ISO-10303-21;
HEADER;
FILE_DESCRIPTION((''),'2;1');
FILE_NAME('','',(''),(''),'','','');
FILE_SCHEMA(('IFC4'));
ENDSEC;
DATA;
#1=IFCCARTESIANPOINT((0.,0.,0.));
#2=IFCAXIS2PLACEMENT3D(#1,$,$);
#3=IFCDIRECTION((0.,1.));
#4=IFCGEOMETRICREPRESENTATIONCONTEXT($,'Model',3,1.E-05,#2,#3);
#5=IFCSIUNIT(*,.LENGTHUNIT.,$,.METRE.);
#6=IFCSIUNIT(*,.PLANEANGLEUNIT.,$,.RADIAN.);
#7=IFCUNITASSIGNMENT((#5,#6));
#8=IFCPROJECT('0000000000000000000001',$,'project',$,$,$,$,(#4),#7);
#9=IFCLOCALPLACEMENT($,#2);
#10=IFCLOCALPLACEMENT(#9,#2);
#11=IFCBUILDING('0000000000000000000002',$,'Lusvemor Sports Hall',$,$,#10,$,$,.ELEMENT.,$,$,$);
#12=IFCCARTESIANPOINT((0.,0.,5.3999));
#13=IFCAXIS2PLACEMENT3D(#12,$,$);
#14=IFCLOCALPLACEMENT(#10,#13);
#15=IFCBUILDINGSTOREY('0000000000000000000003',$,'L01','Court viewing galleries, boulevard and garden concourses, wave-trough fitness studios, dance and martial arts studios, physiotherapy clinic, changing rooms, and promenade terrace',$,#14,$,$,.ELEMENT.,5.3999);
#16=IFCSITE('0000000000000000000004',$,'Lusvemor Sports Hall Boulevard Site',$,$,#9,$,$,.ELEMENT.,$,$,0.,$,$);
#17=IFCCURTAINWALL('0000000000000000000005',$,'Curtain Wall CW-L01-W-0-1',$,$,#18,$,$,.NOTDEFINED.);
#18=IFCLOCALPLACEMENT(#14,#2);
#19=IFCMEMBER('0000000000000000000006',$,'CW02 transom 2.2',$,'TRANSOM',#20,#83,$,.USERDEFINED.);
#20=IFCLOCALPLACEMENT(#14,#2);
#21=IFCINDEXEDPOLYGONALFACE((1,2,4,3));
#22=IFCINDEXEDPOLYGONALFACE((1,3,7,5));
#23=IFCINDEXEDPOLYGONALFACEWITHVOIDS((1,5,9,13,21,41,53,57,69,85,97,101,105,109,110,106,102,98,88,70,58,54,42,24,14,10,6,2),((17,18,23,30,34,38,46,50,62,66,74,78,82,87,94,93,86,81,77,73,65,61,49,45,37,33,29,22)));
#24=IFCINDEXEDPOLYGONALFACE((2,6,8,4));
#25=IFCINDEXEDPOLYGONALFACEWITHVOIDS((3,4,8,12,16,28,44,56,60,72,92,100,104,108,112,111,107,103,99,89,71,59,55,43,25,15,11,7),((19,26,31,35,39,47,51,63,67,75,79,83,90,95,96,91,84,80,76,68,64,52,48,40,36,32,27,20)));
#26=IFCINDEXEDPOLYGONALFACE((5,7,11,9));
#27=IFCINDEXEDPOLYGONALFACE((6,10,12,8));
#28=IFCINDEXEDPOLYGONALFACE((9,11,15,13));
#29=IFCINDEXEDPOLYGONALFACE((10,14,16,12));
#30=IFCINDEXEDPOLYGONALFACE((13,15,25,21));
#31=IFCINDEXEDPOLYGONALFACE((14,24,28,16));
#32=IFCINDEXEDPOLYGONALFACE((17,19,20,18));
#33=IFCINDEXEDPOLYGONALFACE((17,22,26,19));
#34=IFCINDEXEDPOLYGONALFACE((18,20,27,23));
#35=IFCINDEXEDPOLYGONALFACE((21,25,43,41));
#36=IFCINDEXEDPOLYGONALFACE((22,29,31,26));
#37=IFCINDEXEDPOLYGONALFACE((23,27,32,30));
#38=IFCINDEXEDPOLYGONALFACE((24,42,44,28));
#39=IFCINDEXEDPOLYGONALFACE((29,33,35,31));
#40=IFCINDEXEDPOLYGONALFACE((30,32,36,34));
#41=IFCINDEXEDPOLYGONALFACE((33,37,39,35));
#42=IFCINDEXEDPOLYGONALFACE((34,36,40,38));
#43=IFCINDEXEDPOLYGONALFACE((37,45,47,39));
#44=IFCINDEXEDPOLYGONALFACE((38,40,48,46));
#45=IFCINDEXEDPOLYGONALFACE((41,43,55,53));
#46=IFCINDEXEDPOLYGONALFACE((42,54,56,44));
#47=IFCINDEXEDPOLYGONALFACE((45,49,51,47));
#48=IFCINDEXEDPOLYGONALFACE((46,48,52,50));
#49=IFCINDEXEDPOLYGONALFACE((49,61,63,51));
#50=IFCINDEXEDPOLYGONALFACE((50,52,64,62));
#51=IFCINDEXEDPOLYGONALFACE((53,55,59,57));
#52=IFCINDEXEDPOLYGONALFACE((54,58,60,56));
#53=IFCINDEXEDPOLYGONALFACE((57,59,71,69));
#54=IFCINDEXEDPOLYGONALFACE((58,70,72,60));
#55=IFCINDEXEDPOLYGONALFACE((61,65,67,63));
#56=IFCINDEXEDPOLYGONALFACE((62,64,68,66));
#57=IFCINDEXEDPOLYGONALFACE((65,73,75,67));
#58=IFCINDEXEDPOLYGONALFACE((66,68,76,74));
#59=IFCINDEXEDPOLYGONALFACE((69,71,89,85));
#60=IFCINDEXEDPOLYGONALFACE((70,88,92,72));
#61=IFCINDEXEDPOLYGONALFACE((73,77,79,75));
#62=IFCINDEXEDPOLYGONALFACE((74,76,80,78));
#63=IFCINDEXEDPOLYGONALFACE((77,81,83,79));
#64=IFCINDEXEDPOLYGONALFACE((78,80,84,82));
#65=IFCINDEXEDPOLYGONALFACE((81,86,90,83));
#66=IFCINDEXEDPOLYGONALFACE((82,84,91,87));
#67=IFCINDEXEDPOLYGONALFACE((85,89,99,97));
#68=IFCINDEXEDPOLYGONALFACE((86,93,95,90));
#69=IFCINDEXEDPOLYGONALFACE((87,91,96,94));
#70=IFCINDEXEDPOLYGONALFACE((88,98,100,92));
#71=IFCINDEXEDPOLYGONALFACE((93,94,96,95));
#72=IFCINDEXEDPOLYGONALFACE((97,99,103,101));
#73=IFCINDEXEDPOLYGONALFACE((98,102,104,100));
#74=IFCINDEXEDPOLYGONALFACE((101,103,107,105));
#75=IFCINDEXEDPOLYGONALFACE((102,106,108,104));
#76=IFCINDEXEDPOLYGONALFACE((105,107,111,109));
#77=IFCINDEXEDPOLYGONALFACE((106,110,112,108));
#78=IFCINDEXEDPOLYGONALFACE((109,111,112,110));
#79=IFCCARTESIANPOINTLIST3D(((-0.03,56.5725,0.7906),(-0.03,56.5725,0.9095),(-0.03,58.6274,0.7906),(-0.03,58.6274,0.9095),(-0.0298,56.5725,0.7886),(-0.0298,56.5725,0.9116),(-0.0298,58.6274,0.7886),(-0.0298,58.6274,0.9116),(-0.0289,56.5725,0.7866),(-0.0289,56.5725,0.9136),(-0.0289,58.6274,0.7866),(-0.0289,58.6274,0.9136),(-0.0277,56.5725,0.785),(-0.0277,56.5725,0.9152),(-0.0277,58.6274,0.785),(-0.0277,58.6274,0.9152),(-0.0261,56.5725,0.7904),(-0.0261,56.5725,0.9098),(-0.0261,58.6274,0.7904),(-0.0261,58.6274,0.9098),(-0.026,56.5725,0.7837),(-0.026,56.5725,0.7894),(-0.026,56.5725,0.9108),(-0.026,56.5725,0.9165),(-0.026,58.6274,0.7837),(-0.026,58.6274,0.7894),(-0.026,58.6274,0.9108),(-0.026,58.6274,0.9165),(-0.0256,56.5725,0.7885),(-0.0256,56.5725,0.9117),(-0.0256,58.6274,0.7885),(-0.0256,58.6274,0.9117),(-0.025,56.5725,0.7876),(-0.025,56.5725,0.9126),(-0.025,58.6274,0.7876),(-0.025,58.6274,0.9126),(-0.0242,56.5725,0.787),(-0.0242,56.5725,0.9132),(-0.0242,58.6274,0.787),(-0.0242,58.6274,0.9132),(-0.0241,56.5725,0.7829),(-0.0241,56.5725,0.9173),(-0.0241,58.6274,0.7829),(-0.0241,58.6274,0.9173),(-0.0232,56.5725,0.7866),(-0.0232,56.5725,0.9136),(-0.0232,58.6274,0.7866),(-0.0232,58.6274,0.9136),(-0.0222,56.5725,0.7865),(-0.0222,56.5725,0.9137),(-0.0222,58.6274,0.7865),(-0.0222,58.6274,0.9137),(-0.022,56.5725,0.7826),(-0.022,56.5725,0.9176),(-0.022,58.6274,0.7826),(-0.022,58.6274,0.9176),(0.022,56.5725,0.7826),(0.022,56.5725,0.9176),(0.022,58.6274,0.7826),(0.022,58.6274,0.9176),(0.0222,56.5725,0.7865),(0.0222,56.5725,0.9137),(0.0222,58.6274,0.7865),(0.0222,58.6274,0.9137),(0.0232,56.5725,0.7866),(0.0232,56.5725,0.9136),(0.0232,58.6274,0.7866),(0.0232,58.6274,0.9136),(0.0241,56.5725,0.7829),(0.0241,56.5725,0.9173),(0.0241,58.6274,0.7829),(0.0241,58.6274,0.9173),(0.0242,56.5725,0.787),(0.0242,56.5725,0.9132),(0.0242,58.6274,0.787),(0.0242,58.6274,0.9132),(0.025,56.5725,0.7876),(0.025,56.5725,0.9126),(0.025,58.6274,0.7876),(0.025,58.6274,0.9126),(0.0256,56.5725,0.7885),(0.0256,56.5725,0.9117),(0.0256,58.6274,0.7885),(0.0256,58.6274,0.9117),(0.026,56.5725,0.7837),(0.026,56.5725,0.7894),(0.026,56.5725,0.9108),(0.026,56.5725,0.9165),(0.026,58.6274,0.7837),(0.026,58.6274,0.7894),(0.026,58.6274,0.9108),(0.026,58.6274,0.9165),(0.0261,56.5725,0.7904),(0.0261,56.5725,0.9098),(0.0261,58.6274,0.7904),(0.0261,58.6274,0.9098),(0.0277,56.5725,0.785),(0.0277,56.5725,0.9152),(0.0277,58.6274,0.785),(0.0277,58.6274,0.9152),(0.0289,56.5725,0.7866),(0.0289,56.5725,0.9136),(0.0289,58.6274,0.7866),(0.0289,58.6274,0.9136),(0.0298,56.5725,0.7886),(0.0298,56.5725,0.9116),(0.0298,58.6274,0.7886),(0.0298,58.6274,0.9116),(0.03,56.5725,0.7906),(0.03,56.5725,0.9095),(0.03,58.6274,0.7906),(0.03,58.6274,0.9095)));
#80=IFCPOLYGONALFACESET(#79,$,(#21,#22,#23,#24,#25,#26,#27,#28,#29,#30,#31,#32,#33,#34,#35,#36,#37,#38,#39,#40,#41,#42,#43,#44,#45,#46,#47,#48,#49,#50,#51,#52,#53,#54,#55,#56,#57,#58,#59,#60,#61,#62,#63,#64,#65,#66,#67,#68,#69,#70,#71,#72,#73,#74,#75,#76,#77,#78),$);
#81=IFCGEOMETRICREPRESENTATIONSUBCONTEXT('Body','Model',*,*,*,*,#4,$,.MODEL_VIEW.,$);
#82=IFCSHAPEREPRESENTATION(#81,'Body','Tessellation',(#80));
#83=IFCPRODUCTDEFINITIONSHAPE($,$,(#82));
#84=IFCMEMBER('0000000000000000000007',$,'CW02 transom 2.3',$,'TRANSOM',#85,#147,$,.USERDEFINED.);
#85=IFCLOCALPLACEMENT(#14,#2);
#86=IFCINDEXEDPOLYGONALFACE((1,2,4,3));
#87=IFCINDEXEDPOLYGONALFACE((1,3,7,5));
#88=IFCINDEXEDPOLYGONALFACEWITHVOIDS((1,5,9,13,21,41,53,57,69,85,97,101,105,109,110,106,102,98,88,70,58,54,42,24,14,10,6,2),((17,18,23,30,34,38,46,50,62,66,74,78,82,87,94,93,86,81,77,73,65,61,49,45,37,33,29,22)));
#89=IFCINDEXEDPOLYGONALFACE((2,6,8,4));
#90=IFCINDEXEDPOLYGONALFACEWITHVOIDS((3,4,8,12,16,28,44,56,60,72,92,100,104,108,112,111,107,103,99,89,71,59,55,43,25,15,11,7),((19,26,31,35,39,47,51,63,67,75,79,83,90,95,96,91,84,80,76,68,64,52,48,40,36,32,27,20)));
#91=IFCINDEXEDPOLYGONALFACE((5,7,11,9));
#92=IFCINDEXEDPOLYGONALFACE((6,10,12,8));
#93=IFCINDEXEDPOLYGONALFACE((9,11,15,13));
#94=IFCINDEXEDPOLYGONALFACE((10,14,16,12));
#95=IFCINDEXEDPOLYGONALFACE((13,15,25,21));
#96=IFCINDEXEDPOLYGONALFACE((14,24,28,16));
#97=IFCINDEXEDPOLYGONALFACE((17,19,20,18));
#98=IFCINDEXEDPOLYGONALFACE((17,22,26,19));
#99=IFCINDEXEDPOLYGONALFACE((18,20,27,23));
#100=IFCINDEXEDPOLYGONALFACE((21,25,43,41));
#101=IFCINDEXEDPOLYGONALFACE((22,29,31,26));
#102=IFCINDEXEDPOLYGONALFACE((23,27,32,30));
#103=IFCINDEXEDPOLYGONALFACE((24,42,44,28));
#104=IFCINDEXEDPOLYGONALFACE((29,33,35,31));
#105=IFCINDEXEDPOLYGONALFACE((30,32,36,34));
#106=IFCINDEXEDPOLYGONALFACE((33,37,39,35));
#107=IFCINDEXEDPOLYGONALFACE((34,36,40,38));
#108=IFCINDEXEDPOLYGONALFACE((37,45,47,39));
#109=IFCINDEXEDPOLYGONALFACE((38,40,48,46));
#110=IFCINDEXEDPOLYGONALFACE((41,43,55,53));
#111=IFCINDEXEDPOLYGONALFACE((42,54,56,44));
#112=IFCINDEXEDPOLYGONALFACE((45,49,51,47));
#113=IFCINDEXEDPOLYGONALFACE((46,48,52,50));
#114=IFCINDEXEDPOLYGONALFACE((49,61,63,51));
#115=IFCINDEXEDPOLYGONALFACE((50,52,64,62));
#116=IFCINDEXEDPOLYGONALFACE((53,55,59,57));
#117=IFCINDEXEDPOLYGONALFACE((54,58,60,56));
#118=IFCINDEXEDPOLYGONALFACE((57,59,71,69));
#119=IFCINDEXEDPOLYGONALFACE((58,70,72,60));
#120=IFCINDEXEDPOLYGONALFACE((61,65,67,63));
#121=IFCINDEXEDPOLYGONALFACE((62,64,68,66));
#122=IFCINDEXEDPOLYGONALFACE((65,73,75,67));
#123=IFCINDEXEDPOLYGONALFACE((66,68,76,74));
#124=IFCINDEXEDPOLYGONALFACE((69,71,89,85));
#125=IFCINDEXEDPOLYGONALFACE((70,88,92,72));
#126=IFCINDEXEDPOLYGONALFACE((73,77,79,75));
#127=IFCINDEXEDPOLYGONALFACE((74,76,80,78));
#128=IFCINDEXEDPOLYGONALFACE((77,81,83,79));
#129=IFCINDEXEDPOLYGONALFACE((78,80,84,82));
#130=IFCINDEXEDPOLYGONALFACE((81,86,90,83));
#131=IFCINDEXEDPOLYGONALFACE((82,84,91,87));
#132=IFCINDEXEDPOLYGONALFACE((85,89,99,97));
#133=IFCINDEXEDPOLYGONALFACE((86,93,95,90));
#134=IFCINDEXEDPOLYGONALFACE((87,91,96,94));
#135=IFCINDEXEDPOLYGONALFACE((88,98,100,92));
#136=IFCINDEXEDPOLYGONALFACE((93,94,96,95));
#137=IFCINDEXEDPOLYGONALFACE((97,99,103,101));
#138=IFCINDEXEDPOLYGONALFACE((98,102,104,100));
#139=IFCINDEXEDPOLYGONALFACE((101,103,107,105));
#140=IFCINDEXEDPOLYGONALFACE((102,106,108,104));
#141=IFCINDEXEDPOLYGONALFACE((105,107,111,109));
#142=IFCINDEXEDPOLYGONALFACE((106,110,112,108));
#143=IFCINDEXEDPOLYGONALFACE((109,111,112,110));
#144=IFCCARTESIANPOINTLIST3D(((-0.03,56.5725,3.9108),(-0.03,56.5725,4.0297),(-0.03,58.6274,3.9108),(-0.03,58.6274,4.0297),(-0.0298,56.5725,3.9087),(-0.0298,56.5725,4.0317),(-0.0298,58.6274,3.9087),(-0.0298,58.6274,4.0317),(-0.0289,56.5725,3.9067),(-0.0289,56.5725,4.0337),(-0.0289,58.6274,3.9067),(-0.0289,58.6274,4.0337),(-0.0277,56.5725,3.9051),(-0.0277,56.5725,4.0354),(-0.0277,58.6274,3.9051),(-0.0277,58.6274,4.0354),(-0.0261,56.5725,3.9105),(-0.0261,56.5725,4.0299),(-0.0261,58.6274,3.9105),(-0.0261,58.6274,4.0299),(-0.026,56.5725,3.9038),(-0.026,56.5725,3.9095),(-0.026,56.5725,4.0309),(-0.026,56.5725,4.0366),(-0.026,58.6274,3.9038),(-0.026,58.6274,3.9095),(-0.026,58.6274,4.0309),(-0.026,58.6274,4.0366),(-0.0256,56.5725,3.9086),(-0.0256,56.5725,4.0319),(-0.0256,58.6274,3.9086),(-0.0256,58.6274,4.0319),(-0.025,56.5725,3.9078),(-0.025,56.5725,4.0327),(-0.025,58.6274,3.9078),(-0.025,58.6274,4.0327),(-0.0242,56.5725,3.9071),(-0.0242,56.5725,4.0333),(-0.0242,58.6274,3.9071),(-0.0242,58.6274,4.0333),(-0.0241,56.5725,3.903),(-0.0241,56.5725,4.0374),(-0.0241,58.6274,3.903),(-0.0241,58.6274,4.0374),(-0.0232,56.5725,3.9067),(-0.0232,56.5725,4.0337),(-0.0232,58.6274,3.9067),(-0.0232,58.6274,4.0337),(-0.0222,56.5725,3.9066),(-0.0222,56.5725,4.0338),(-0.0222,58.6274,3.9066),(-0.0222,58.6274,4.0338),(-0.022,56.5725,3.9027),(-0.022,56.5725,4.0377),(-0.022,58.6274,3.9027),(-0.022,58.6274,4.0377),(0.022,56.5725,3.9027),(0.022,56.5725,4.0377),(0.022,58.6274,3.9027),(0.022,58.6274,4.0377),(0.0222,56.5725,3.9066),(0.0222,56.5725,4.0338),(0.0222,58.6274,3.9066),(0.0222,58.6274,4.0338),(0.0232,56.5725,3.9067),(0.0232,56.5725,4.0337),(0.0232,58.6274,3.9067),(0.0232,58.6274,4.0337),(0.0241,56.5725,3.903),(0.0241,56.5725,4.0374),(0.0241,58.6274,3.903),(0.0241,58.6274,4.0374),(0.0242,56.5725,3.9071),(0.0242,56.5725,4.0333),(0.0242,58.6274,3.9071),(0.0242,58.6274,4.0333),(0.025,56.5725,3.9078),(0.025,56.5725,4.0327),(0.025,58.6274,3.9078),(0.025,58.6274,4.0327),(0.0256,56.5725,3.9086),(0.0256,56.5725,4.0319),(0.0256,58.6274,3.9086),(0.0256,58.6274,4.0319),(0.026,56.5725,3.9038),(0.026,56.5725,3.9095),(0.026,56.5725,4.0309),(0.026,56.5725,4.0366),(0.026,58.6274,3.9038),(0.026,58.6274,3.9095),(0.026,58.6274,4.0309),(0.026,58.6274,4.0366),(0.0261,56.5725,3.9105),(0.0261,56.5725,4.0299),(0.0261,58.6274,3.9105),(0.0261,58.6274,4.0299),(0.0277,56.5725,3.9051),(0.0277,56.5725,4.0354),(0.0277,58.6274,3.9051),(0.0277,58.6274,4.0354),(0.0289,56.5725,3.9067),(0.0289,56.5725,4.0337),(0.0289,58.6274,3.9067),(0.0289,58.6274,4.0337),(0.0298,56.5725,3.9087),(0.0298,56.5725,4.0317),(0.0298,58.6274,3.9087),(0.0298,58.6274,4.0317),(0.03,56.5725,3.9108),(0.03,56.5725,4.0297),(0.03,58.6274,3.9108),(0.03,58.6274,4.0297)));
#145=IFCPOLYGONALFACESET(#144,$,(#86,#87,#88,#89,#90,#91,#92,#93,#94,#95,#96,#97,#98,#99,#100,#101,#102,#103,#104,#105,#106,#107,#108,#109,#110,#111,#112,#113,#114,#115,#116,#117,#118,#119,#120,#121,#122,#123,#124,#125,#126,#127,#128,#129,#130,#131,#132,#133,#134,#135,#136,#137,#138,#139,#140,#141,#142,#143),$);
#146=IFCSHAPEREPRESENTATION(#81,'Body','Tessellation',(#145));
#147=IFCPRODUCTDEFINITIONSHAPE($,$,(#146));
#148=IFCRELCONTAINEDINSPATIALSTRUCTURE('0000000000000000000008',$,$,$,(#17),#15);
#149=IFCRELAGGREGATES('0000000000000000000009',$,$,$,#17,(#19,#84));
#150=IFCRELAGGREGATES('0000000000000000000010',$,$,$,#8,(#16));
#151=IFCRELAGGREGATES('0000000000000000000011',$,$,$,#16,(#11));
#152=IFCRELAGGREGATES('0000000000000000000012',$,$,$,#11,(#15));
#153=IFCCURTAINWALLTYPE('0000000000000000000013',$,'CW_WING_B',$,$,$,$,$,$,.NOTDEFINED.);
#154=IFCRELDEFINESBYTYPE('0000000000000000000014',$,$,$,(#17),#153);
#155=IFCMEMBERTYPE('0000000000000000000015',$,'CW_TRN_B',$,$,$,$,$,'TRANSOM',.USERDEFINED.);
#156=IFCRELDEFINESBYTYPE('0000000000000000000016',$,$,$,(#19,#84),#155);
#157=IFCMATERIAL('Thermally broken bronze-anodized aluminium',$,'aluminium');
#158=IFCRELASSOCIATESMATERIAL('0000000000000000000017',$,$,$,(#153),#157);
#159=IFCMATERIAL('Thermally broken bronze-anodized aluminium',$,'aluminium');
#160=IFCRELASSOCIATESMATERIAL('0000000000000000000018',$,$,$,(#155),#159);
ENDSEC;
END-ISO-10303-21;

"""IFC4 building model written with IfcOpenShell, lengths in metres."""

from ifc_helpers import new_model, si_unit, direction, frame, origin, origin_2d, place, context, subcontext, project, spatial, hollow_rectangle, extrude, material, material_profile, profile_set, type_object, element, aggregate, save


model = new_model("IFC4")

# Units and contexts
model_context = context("Model", 3, precision=1e-05, world=origin(), true_north=direction((0.0, 1.0)))
body_context = subcontext(model_context, "Body", "Model", "MODEL_VIEW")
ifc_project = project(units=[si_unit("LENGTHUNIT", "METRE"), si_unit("PLANEANGLEUNIT", "RADIAN")], contexts=[model_context])

# Site, building, storey
site_placement = place(None, origin())
site = spatial("IfcSite", under=ifc_project, at=site_placement, Name="Lusvemor Sports Hall Boulevard Site", CompositionType="ELEMENT", RefElevation=0.0)
building_placement = place(site_placement, origin())
building = spatial("IfcBuilding", under=site, at=building_placement, Name="Lusvemor Sports Hall", CompositionType="ELEMENT")
storey_placement = place(building_placement, frame((0.0, 0.0, 5.3999)))
storey = spatial("IfcBuildingStorey", under=building, at=storey_placement, Name="L01", Description="Court viewing galleries, boulevard and garden concourses, wave-trough fitness studios, dance and martial arts studios, physiotherapy clinic, changing rooms, and promenade terrace", CompositionType="ELEMENT", Elevation=5.3999)

# Curtain wall
ifc_material_1 = material(Name="Thermally broken bronze-anodized aluminium", Category="aluminium")
curtain_wall_type_1 = type_object("IfcCurtainWallType", Name="CW_WING_B", PredefinedType="NOTDEFINED", material=ifc_material_1)
curtain_wall_1_placement = place(storey_placement, origin())
curtain_wall_1 = element("IfcCurtainWall", 1, at=curtain_wall_1_placement, inside=storey, type_object=curtain_wall_type_1, Name="Curtain Wall CW-L01-W-0-1", PredefinedType="NOTDEFINED")

# Members
ifc_material_2 = material(Name="Thermally broken bronze-anodized aluminium", Category="aluminium")
ifc_material_profile_1 = material_profile(ifc_material_2, hollow_rectangle(XDim=0.0601, YDim=0.135, WallThickness=0.0039, InnerFilletRadius=0.0039, OuterFilletRadius=0.0081, at=origin_2d()), Name="CWTRN135x60x4")
ifc_profile_set_1 = profile_set([ifc_material_profile_1], Name="Thermally broken bronze-anodized aluminium")
member_type_1 = type_object("IfcMemberType", Name="CW_TRN_B", ElementType="TRANSOM", PredefinedType="USERDEFINED", material=ifc_profile_set_1)
member_1_placement = place(storey_placement, frame((0.0, 56.5725, 0.8501), z_axis=(0.0, 1.0, 0.0), x_axis=(-1.0, 0.0, 0.0)))
member_1 = element("IfcMember", 2, at=member_1_placement, type_object=member_type_1, Name="CW02 transom 2.2", ObjectType="TRANSOM", PredefinedType="USERDEFINED", context=body_context, shape_type="SweptSolid", body=[
    extrude(hollow_rectangle(XDim=0.0601, YDim=0.135, WallThickness=0.0039, InnerFilletRadius=0.0039, OuterFilletRadius=0.0081, at=origin_2d()), origin(), (0.0, 0.0, 1.0), 2.0549),
])
member_2_placement = place(storey_placement, frame((0.0, 56.5725, 3.9702), z_axis=(0.0, 1.0, 0.0), x_axis=(-1.0, 0.0, 0.0)))
member_2 = element("IfcMember", 3, at=member_2_placement, type_object=member_type_1, Name="CW02 transom 2.3", ObjectType="TRANSOM", PredefinedType="USERDEFINED", context=body_context, shape_type="SweptSolid", body=[
    extrude(hollow_rectangle(XDim=0.0601, YDim=0.135, WallThickness=0.0039, InnerFilletRadius=0.0039, OuterFilletRadius=0.0081, at=origin_2d()), origin(), (0.0, 0.0, 1.0), 2.0549),
])

aggregate(curtain_wall_1, [member_1, member_2])

save(model, "model.ifc")
